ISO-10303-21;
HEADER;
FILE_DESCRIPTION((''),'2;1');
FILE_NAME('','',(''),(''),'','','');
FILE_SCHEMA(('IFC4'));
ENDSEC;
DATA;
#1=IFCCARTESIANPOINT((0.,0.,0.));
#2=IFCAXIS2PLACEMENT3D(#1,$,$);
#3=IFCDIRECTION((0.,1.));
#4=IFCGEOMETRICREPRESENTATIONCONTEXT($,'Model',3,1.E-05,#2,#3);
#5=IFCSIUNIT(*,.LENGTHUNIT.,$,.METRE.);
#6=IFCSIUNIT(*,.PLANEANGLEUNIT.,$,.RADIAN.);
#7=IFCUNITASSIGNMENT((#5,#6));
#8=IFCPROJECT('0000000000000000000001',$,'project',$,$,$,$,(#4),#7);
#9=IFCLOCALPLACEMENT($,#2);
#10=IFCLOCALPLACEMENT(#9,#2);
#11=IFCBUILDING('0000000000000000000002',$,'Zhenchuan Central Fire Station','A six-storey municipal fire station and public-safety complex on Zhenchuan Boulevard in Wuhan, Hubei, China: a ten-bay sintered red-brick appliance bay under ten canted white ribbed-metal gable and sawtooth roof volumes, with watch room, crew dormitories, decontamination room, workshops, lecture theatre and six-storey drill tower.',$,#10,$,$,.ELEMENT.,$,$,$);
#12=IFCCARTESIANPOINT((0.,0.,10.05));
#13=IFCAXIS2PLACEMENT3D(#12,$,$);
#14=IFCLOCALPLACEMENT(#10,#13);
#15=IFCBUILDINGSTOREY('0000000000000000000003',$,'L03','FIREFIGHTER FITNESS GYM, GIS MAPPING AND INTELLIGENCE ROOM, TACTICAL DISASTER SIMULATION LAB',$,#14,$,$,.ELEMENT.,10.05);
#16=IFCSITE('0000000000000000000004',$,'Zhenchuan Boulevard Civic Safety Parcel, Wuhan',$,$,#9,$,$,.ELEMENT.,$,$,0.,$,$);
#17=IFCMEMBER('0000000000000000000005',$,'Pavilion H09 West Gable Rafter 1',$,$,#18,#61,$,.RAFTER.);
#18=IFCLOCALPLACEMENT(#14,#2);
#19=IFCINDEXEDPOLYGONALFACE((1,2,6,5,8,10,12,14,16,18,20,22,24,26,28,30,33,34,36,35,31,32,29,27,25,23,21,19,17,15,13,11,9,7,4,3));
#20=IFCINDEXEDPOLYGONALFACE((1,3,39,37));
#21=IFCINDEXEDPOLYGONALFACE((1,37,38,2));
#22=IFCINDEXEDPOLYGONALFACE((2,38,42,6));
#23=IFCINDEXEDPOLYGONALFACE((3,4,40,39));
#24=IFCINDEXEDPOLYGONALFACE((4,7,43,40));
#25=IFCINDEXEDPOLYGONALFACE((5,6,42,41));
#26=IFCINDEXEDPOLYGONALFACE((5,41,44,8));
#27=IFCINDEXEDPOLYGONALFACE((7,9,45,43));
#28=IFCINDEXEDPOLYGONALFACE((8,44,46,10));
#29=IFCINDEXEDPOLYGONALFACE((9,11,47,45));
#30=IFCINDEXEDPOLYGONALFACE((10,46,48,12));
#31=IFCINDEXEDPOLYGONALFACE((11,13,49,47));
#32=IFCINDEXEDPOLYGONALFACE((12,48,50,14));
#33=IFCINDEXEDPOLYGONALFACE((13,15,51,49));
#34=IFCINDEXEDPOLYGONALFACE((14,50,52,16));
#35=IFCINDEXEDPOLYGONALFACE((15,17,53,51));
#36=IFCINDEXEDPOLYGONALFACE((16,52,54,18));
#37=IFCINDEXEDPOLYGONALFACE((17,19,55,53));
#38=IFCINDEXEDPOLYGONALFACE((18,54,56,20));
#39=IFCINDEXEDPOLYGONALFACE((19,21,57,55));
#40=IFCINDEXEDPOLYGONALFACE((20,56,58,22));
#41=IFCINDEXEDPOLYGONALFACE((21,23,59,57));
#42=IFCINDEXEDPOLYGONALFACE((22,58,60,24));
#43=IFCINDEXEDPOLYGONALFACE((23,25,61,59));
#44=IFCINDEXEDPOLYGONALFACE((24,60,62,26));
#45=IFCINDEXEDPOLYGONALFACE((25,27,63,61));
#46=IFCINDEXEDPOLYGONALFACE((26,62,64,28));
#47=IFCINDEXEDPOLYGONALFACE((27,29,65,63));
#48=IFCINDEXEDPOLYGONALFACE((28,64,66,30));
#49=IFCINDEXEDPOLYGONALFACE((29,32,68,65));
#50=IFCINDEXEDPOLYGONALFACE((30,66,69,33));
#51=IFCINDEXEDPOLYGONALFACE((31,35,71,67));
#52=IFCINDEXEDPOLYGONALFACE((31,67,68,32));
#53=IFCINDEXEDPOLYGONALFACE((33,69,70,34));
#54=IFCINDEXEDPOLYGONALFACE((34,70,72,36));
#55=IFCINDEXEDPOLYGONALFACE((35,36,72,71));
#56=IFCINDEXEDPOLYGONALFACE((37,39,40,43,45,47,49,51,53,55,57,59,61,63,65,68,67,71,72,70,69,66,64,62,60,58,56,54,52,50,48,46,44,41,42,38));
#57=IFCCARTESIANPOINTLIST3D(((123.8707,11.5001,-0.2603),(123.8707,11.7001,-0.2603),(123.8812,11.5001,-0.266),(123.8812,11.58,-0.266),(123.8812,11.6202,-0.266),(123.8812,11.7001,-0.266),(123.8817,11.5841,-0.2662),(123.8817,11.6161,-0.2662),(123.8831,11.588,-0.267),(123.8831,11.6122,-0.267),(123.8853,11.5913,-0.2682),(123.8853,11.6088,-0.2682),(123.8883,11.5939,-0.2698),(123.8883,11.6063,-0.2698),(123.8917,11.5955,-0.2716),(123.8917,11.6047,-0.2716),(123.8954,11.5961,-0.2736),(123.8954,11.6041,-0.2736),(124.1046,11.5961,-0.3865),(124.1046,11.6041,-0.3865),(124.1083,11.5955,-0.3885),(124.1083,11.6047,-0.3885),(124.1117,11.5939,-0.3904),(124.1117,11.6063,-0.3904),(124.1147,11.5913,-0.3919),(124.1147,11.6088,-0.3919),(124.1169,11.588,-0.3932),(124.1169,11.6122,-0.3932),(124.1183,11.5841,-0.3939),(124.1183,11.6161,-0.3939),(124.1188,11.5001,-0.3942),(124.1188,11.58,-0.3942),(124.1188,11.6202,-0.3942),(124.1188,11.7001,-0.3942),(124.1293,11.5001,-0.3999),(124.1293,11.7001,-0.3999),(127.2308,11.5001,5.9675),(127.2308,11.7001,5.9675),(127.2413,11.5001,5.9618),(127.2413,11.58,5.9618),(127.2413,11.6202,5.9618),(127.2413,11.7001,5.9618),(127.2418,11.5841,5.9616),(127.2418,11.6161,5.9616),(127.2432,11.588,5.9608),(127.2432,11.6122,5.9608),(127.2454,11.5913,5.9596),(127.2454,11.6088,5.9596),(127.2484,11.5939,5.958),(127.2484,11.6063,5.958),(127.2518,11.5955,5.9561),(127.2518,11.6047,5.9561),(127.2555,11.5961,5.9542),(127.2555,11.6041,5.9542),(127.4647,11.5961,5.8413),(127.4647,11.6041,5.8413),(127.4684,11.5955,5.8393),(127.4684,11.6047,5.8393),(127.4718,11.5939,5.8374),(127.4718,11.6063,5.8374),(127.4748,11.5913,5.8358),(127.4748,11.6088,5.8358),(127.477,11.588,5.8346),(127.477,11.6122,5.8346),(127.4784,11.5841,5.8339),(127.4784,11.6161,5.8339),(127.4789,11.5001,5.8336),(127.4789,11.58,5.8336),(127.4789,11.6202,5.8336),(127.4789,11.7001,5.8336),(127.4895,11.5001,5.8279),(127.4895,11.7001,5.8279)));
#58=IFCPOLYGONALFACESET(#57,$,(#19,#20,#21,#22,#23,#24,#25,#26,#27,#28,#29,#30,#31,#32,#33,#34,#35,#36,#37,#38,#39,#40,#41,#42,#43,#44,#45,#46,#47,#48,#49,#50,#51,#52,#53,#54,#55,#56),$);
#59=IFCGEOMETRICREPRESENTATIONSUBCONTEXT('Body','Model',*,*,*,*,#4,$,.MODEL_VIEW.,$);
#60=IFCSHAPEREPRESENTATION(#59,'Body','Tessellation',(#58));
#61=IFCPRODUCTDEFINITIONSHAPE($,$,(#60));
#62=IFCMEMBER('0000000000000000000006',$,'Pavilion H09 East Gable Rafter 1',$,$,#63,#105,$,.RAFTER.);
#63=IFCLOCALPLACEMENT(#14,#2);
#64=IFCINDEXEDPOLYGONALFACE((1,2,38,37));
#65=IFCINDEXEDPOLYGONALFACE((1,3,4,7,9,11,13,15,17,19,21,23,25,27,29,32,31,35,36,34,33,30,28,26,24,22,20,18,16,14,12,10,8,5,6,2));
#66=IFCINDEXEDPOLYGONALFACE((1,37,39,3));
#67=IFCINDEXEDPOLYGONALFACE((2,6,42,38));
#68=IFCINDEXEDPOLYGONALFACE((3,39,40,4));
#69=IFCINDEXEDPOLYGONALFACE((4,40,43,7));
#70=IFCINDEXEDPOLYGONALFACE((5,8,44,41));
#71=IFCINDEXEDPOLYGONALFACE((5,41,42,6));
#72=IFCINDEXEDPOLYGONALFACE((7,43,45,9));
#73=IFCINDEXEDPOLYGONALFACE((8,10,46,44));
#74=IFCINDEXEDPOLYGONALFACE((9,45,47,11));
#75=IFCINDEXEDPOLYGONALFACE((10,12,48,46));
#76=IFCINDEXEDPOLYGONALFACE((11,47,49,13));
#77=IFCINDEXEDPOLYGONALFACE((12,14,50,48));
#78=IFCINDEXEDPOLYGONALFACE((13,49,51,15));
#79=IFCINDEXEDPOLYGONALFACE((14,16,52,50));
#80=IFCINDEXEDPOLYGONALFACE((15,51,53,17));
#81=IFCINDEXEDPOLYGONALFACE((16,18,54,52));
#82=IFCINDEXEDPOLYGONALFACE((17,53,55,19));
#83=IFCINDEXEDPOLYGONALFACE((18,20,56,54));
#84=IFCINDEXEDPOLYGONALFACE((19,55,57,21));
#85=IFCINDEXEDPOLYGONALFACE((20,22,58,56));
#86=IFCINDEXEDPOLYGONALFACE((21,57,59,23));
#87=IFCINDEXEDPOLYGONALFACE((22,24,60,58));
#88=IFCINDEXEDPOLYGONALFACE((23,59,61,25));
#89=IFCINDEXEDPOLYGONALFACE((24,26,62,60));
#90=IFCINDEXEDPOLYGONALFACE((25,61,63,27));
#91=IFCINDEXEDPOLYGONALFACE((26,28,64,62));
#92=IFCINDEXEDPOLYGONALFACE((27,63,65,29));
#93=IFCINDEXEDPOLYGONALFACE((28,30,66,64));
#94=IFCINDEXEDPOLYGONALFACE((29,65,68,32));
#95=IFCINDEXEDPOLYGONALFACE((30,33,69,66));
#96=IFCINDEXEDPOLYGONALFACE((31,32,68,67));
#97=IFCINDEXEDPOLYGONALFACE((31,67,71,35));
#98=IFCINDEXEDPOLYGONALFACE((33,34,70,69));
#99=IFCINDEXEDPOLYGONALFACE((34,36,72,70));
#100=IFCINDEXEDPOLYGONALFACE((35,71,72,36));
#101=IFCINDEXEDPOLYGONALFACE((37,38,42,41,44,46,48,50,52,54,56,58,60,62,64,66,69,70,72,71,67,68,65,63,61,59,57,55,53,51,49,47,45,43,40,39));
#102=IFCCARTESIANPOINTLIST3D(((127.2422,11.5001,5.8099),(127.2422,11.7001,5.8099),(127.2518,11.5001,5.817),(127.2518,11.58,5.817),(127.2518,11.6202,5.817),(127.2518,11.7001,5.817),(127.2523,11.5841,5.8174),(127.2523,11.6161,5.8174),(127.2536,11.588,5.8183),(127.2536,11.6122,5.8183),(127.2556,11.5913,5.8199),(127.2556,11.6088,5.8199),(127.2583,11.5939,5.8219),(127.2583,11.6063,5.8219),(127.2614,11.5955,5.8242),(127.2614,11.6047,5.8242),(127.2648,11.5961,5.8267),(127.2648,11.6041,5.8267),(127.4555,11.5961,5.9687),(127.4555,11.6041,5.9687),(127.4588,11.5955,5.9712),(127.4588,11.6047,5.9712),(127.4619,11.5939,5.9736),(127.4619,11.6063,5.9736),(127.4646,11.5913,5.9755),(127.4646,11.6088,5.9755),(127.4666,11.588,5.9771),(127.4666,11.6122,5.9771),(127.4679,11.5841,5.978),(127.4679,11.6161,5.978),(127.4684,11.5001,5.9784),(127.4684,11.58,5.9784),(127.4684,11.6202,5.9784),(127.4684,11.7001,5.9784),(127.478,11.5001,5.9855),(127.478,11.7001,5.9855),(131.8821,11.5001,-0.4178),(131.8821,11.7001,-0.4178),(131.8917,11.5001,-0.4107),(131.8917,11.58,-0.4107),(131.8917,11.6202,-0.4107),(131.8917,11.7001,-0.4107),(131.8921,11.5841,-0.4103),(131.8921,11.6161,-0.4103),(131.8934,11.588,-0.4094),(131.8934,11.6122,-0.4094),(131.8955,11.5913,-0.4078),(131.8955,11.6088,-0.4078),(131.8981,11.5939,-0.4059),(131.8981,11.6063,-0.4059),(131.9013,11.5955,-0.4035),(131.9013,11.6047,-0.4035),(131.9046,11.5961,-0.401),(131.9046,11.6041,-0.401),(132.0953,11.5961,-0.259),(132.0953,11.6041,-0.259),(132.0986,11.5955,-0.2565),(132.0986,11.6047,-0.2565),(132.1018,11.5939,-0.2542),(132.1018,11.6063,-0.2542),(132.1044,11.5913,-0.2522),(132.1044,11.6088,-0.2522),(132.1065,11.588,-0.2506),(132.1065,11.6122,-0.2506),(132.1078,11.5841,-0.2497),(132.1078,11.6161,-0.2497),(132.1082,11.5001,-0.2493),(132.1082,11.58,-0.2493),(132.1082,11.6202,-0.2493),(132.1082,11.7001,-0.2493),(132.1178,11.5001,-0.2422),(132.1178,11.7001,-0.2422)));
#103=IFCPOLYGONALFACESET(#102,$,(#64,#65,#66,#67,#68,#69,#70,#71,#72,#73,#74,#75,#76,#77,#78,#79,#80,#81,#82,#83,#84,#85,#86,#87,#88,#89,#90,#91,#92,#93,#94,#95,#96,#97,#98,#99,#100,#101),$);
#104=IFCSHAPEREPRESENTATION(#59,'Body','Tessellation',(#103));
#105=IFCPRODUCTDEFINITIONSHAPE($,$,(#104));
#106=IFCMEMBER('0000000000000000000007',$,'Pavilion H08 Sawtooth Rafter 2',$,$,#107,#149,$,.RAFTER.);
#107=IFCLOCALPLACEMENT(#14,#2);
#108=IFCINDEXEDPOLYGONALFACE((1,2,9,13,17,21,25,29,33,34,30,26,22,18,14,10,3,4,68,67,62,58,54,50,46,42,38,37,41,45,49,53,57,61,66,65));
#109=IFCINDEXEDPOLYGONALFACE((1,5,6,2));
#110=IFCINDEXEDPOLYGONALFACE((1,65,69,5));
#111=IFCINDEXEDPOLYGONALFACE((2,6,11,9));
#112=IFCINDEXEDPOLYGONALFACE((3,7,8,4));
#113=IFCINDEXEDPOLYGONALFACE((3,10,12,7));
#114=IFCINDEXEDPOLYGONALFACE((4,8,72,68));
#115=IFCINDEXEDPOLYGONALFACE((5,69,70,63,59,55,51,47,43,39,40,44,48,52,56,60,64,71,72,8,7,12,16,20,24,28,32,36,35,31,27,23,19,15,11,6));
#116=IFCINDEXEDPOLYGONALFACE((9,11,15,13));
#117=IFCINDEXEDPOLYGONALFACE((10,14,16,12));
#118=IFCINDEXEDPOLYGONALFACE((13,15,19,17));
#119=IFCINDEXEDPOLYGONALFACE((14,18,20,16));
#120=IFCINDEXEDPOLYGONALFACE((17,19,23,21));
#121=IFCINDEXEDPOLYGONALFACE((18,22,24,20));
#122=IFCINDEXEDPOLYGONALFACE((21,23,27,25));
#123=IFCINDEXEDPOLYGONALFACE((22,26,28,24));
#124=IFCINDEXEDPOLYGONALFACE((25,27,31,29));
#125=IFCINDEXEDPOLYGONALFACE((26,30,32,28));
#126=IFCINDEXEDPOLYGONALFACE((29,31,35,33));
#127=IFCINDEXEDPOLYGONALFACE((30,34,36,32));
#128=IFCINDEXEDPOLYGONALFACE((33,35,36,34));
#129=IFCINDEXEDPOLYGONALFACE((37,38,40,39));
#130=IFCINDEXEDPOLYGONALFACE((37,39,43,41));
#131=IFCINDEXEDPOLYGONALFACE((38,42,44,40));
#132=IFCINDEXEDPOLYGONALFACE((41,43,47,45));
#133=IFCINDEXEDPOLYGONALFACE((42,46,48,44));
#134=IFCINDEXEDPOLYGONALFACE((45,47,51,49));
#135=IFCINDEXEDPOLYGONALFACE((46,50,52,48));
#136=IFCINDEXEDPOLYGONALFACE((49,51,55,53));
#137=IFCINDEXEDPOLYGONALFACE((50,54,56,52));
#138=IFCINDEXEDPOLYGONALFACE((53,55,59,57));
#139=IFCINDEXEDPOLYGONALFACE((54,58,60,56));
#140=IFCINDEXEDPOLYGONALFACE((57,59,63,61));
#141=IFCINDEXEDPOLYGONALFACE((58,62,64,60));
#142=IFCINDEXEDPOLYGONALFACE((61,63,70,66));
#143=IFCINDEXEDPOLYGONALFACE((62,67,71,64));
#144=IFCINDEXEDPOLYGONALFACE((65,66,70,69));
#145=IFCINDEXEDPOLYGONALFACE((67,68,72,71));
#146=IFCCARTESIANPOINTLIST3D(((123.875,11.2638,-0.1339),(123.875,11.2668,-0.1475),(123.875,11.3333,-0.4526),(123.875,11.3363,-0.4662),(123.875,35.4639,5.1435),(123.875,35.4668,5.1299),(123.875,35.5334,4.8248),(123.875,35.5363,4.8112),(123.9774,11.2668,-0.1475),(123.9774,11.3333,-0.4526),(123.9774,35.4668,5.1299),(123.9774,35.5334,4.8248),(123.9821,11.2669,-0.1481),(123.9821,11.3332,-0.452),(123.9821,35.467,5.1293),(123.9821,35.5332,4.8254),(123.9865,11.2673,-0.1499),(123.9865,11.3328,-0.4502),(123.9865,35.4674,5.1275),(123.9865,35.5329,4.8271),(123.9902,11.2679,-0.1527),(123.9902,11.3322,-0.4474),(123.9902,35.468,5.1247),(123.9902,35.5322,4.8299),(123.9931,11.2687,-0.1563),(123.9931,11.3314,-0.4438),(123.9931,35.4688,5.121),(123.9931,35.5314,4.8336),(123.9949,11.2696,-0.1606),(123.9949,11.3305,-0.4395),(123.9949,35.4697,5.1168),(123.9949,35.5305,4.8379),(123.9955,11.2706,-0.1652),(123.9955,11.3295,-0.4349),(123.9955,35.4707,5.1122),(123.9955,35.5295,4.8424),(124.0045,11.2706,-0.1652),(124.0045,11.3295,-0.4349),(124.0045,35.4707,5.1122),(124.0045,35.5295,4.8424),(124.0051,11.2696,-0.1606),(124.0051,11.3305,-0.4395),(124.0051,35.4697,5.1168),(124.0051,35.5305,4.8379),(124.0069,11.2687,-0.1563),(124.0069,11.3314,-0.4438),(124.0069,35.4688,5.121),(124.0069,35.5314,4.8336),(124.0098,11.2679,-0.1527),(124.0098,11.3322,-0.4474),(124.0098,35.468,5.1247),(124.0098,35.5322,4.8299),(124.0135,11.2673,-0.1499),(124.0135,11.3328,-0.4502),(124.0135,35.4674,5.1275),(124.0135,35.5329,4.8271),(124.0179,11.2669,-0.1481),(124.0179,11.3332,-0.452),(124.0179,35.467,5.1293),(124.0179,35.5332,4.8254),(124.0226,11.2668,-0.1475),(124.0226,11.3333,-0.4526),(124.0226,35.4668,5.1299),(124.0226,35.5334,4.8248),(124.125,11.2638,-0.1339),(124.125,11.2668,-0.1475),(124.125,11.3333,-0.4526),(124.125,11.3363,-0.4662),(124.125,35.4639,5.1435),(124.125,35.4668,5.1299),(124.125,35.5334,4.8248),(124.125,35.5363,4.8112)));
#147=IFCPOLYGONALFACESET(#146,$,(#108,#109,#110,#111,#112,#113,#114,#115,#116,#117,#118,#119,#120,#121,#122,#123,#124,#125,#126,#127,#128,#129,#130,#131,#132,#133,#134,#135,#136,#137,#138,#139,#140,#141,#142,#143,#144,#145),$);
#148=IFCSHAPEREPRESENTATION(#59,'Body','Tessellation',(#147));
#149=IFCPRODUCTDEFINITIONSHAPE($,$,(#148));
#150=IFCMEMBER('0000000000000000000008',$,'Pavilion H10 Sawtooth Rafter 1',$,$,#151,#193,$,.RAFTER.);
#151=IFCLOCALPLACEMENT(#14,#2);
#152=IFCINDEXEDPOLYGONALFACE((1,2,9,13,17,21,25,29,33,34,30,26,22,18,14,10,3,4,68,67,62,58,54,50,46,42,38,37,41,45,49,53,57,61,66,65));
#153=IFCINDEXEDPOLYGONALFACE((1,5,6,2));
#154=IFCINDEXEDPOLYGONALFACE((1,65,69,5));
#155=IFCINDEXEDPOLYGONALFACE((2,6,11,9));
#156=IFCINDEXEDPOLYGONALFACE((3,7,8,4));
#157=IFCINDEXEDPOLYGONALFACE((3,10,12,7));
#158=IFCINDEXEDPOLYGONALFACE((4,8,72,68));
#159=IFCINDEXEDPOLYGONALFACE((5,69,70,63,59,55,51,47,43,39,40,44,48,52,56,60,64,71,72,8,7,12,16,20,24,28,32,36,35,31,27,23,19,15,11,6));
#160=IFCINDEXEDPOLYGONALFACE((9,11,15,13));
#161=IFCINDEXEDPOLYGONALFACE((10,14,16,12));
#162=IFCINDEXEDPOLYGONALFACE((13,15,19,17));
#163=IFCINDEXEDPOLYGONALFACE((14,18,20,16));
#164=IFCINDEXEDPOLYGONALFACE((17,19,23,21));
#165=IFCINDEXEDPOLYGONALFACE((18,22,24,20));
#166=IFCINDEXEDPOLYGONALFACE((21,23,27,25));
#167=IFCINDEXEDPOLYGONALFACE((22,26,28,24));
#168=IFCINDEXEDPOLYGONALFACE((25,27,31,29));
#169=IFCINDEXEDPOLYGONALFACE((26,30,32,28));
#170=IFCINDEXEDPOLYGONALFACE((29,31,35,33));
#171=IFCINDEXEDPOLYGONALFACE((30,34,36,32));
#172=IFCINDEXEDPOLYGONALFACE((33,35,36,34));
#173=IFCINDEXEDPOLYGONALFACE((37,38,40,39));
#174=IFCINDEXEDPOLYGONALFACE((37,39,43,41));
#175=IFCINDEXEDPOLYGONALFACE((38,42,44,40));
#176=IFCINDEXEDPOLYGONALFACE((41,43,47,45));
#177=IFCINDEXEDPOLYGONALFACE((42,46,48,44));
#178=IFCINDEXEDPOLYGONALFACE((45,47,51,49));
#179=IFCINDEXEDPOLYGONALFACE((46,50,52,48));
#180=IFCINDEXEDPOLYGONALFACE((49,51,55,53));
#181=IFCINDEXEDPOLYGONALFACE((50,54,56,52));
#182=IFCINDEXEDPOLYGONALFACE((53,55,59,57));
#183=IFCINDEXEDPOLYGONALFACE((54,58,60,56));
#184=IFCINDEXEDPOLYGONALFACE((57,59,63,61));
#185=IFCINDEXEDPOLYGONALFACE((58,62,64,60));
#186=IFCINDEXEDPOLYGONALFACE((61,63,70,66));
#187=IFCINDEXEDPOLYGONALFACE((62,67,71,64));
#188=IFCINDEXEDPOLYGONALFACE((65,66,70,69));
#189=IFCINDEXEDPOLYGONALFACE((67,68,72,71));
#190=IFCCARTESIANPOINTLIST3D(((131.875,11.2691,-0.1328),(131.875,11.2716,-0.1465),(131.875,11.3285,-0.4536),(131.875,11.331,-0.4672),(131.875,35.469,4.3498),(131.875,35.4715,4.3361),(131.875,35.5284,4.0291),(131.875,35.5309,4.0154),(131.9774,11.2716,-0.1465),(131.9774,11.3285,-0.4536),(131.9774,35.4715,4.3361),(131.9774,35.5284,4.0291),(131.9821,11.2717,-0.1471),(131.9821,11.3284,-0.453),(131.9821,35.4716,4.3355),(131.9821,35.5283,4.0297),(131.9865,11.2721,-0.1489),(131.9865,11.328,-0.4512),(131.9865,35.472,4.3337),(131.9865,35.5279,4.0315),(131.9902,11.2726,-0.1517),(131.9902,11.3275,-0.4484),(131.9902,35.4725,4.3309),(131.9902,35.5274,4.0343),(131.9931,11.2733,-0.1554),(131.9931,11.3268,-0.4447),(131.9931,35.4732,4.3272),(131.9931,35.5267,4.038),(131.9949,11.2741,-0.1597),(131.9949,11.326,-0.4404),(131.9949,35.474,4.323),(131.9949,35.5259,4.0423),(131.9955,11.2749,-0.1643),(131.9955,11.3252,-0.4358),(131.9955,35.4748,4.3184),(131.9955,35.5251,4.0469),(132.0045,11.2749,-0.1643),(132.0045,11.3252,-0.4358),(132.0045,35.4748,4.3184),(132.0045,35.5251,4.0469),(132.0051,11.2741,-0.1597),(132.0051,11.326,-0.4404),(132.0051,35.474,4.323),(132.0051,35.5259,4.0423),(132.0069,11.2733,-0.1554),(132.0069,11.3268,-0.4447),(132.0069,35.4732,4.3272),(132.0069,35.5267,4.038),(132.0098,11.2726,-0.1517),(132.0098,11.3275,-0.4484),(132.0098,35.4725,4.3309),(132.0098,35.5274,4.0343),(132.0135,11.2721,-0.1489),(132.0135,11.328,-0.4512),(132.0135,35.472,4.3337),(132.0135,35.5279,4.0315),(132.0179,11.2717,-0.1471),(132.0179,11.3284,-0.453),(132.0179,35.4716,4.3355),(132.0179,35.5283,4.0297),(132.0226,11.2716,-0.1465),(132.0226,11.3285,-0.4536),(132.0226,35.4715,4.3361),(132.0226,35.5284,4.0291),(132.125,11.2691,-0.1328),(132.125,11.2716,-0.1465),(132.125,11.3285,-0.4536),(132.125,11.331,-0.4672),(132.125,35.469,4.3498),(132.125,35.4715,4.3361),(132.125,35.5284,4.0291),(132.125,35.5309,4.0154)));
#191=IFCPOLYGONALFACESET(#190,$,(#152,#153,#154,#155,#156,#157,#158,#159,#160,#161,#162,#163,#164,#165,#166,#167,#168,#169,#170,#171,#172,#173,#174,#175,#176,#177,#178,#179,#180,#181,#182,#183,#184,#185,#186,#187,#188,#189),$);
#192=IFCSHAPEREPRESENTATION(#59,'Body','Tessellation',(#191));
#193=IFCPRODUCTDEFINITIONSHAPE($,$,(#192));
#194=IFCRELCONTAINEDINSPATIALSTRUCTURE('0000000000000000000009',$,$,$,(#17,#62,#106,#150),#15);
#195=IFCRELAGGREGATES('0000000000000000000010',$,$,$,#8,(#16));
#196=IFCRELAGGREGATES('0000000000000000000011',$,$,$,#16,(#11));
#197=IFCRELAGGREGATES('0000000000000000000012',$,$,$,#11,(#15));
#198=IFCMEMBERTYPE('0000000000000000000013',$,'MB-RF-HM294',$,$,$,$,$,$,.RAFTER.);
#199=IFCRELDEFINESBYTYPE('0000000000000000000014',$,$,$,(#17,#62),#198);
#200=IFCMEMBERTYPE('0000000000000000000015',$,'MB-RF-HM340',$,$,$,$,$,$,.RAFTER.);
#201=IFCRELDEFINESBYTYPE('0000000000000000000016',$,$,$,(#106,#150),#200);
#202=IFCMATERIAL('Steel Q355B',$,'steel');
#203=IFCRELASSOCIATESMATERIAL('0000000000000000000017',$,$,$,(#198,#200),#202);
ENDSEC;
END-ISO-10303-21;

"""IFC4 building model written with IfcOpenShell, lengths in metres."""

from ifc_helpers import new_model, si_unit, direction, frame, origin, origin_2d, place, context, subcontext, project, spatial, i_section, extrude, material, material_profile, profile_set, type_object, element, save


model = new_model("IFC4")

# Units and contexts
model_context = context("Model", 3, precision=1e-05, world=origin(), true_north=direction((0.0, 1.0)))
body_context = subcontext(model_context, "Body", "Model", "MODEL_VIEW")
ifc_project = project(units=[si_unit("LENGTHUNIT", "METRE"), si_unit("PLANEANGLEUNIT", "RADIAN")], contexts=[model_context])

# Site, building, storey
site_placement = place(None, origin())
site = spatial("IfcSite", under=ifc_project, at=site_placement, Name="Zhenchuan Boulevard Civic Safety Parcel, Wuhan", CompositionType="ELEMENT", RefElevation=0.0)
building_placement = place(site_placement, origin())
building = spatial("IfcBuilding", under=site, at=building_placement, Name="Zhenchuan Central Fire Station", Description="A six-storey municipal fire station and public-safety complex on Zhenchuan Boulevard in Wuhan, Hubei, China: a ten-bay sintered red-brick appliance bay under ten canted white ribbed-metal gable and sawtooth roof volumes, with watch room, crew dormitories, decontamination room, workshops, lecture theatre and six-storey drill tower.", CompositionType="ELEMENT")
storey_placement = place(building_placement, frame((0.0, 0.0, 10.05)))
storey = spatial("IfcBuildingStorey", under=building, at=storey_placement, Name="L03", Description="FIREFIGHTER FITNESS GYM, GIS MAPPING AND INTELLIGENCE ROOM, TACTICAL DISASTER SIMULATION LAB", CompositionType="ELEMENT", Elevation=10.05)

# Shared definitions
ifc_material_1 = material(Name="Steel Q355B", Category="steel")

# Members
ifc_material_profile_1 = material_profile(ifc_material_1, i_section(OverallWidth=0.2, OverallDepth=0.2939, WebThickness=0.0081, FlangeThickness=0.012, FilletRadius=0.0161, at=origin_2d()), Name="HM 294x200")
ifc_profile_set_1 = profile_set([ifc_material_profile_1], Name="Steel Q355B")
member_type_1 = type_object("IfcMemberType", Name="MB-RF-HM294", PredefinedType="RAFTER", material=ifc_profile_set_1)
member_1_placement = place(storey_placement, frame((124.0, 11.6001, -0.3301), z_axis=(0.474832, 0.0, 0.880076), x_axis=(0.0, 1.0, 0.0)))
element("IfcMember", 1, at=member_1_placement, inside=storey, type_object=member_type_1, Name="Pavilion H09 West Gable Rafter 1", PredefinedType="RAFTER", context=body_context, shape_type="SweptSolid", body=[
    extrude(i_section(OverallWidth=0.2, OverallDepth=0.2939, WebThickness=0.0081, FlangeThickness=0.012, FilletRadius=0.0161, at=origin_2d()), origin(), (0.0, 0.0, 1.0), 7.0764),
])
member_2_placement = place(storey_placement, frame((127.3601, 11.6001, 5.8977), z_axis=(0.597447, 0.0, -0.801909), x_axis=(0.0, 1.0, 0.0)))
element("IfcMember", 2, at=member_2_placement, inside=storey, type_object=member_type_1, Name="Pavilion H09 East Gable Rafter 1", PredefinedType="RAFTER", context=body_context, shape_type="SweptSolid", body=[
    extrude(i_section(OverallWidth=0.2, OverallDepth=0.2939, WebThickness=0.0081, FlangeThickness=0.012, FilletRadius=0.0161, at=origin_2d()), origin(), (0.0, 0.0, 1.0), 7.7661),
])
ifc_material_profile_2 = material_profile(ifc_material_1, i_section(OverallWidth=0.25, OverallDepth=0.3401, WebThickness=0.009, FlangeThickness=0.0139, FilletRadius=0.0181, at=origin_2d()), Name="HM 340x250")
ifc_profile_set_2 = profile_set([ifc_material_profile_2], Name="Steel Q355B")
member_type_2 = type_object("IfcMemberType", Name="MB-RF-HM340", PredefinedType="RAFTER", material=ifc_profile_set_2)
member_3_placement = place(storey_placement, frame((124.0, 11.3, -0.3), z_axis=(0.0, 0.977038, 0.213065), x_axis=(-1.0, 0.0, 0.0)))
element("IfcMember", 3, at=member_3_placement, inside=storey, type_object=member_type_2, Name="Pavilion H08 Sawtooth Rafter 2", PredefinedType="RAFTER", context=body_context, shape_type="SweptSolid", body=[
    extrude(i_section(OverallWidth=0.25, OverallDepth=0.3401, WebThickness=0.009, FlangeThickness=0.0139, FilletRadius=0.0181, at=origin_2d()), origin(), (0.0, 0.0, 1.0), 24.7688),
])
member_4_placement = place(storey_placement, frame((132.0, 11.3, -0.3), z_axis=(0.0, 0.983273, 0.182136), x_axis=(-1.0, 0.0, 0.0)))
element("IfcMember", 4, at=member_4_placement, inside=storey, type_object=member_type_2, Name="Pavilion H10 Sawtooth Rafter 1", PredefinedType="RAFTER", context=body_context, shape_type="SweptSolid", body=[
    extrude(i_section(OverallWidth=0.25, OverallDepth=0.3401, WebThickness=0.009, FlangeThickness=0.0139, FilletRadius=0.0181, at=origin_2d()), origin(), (0.0, 0.0, 1.0), 24.6116),
])

save(model, "model.ifc")
